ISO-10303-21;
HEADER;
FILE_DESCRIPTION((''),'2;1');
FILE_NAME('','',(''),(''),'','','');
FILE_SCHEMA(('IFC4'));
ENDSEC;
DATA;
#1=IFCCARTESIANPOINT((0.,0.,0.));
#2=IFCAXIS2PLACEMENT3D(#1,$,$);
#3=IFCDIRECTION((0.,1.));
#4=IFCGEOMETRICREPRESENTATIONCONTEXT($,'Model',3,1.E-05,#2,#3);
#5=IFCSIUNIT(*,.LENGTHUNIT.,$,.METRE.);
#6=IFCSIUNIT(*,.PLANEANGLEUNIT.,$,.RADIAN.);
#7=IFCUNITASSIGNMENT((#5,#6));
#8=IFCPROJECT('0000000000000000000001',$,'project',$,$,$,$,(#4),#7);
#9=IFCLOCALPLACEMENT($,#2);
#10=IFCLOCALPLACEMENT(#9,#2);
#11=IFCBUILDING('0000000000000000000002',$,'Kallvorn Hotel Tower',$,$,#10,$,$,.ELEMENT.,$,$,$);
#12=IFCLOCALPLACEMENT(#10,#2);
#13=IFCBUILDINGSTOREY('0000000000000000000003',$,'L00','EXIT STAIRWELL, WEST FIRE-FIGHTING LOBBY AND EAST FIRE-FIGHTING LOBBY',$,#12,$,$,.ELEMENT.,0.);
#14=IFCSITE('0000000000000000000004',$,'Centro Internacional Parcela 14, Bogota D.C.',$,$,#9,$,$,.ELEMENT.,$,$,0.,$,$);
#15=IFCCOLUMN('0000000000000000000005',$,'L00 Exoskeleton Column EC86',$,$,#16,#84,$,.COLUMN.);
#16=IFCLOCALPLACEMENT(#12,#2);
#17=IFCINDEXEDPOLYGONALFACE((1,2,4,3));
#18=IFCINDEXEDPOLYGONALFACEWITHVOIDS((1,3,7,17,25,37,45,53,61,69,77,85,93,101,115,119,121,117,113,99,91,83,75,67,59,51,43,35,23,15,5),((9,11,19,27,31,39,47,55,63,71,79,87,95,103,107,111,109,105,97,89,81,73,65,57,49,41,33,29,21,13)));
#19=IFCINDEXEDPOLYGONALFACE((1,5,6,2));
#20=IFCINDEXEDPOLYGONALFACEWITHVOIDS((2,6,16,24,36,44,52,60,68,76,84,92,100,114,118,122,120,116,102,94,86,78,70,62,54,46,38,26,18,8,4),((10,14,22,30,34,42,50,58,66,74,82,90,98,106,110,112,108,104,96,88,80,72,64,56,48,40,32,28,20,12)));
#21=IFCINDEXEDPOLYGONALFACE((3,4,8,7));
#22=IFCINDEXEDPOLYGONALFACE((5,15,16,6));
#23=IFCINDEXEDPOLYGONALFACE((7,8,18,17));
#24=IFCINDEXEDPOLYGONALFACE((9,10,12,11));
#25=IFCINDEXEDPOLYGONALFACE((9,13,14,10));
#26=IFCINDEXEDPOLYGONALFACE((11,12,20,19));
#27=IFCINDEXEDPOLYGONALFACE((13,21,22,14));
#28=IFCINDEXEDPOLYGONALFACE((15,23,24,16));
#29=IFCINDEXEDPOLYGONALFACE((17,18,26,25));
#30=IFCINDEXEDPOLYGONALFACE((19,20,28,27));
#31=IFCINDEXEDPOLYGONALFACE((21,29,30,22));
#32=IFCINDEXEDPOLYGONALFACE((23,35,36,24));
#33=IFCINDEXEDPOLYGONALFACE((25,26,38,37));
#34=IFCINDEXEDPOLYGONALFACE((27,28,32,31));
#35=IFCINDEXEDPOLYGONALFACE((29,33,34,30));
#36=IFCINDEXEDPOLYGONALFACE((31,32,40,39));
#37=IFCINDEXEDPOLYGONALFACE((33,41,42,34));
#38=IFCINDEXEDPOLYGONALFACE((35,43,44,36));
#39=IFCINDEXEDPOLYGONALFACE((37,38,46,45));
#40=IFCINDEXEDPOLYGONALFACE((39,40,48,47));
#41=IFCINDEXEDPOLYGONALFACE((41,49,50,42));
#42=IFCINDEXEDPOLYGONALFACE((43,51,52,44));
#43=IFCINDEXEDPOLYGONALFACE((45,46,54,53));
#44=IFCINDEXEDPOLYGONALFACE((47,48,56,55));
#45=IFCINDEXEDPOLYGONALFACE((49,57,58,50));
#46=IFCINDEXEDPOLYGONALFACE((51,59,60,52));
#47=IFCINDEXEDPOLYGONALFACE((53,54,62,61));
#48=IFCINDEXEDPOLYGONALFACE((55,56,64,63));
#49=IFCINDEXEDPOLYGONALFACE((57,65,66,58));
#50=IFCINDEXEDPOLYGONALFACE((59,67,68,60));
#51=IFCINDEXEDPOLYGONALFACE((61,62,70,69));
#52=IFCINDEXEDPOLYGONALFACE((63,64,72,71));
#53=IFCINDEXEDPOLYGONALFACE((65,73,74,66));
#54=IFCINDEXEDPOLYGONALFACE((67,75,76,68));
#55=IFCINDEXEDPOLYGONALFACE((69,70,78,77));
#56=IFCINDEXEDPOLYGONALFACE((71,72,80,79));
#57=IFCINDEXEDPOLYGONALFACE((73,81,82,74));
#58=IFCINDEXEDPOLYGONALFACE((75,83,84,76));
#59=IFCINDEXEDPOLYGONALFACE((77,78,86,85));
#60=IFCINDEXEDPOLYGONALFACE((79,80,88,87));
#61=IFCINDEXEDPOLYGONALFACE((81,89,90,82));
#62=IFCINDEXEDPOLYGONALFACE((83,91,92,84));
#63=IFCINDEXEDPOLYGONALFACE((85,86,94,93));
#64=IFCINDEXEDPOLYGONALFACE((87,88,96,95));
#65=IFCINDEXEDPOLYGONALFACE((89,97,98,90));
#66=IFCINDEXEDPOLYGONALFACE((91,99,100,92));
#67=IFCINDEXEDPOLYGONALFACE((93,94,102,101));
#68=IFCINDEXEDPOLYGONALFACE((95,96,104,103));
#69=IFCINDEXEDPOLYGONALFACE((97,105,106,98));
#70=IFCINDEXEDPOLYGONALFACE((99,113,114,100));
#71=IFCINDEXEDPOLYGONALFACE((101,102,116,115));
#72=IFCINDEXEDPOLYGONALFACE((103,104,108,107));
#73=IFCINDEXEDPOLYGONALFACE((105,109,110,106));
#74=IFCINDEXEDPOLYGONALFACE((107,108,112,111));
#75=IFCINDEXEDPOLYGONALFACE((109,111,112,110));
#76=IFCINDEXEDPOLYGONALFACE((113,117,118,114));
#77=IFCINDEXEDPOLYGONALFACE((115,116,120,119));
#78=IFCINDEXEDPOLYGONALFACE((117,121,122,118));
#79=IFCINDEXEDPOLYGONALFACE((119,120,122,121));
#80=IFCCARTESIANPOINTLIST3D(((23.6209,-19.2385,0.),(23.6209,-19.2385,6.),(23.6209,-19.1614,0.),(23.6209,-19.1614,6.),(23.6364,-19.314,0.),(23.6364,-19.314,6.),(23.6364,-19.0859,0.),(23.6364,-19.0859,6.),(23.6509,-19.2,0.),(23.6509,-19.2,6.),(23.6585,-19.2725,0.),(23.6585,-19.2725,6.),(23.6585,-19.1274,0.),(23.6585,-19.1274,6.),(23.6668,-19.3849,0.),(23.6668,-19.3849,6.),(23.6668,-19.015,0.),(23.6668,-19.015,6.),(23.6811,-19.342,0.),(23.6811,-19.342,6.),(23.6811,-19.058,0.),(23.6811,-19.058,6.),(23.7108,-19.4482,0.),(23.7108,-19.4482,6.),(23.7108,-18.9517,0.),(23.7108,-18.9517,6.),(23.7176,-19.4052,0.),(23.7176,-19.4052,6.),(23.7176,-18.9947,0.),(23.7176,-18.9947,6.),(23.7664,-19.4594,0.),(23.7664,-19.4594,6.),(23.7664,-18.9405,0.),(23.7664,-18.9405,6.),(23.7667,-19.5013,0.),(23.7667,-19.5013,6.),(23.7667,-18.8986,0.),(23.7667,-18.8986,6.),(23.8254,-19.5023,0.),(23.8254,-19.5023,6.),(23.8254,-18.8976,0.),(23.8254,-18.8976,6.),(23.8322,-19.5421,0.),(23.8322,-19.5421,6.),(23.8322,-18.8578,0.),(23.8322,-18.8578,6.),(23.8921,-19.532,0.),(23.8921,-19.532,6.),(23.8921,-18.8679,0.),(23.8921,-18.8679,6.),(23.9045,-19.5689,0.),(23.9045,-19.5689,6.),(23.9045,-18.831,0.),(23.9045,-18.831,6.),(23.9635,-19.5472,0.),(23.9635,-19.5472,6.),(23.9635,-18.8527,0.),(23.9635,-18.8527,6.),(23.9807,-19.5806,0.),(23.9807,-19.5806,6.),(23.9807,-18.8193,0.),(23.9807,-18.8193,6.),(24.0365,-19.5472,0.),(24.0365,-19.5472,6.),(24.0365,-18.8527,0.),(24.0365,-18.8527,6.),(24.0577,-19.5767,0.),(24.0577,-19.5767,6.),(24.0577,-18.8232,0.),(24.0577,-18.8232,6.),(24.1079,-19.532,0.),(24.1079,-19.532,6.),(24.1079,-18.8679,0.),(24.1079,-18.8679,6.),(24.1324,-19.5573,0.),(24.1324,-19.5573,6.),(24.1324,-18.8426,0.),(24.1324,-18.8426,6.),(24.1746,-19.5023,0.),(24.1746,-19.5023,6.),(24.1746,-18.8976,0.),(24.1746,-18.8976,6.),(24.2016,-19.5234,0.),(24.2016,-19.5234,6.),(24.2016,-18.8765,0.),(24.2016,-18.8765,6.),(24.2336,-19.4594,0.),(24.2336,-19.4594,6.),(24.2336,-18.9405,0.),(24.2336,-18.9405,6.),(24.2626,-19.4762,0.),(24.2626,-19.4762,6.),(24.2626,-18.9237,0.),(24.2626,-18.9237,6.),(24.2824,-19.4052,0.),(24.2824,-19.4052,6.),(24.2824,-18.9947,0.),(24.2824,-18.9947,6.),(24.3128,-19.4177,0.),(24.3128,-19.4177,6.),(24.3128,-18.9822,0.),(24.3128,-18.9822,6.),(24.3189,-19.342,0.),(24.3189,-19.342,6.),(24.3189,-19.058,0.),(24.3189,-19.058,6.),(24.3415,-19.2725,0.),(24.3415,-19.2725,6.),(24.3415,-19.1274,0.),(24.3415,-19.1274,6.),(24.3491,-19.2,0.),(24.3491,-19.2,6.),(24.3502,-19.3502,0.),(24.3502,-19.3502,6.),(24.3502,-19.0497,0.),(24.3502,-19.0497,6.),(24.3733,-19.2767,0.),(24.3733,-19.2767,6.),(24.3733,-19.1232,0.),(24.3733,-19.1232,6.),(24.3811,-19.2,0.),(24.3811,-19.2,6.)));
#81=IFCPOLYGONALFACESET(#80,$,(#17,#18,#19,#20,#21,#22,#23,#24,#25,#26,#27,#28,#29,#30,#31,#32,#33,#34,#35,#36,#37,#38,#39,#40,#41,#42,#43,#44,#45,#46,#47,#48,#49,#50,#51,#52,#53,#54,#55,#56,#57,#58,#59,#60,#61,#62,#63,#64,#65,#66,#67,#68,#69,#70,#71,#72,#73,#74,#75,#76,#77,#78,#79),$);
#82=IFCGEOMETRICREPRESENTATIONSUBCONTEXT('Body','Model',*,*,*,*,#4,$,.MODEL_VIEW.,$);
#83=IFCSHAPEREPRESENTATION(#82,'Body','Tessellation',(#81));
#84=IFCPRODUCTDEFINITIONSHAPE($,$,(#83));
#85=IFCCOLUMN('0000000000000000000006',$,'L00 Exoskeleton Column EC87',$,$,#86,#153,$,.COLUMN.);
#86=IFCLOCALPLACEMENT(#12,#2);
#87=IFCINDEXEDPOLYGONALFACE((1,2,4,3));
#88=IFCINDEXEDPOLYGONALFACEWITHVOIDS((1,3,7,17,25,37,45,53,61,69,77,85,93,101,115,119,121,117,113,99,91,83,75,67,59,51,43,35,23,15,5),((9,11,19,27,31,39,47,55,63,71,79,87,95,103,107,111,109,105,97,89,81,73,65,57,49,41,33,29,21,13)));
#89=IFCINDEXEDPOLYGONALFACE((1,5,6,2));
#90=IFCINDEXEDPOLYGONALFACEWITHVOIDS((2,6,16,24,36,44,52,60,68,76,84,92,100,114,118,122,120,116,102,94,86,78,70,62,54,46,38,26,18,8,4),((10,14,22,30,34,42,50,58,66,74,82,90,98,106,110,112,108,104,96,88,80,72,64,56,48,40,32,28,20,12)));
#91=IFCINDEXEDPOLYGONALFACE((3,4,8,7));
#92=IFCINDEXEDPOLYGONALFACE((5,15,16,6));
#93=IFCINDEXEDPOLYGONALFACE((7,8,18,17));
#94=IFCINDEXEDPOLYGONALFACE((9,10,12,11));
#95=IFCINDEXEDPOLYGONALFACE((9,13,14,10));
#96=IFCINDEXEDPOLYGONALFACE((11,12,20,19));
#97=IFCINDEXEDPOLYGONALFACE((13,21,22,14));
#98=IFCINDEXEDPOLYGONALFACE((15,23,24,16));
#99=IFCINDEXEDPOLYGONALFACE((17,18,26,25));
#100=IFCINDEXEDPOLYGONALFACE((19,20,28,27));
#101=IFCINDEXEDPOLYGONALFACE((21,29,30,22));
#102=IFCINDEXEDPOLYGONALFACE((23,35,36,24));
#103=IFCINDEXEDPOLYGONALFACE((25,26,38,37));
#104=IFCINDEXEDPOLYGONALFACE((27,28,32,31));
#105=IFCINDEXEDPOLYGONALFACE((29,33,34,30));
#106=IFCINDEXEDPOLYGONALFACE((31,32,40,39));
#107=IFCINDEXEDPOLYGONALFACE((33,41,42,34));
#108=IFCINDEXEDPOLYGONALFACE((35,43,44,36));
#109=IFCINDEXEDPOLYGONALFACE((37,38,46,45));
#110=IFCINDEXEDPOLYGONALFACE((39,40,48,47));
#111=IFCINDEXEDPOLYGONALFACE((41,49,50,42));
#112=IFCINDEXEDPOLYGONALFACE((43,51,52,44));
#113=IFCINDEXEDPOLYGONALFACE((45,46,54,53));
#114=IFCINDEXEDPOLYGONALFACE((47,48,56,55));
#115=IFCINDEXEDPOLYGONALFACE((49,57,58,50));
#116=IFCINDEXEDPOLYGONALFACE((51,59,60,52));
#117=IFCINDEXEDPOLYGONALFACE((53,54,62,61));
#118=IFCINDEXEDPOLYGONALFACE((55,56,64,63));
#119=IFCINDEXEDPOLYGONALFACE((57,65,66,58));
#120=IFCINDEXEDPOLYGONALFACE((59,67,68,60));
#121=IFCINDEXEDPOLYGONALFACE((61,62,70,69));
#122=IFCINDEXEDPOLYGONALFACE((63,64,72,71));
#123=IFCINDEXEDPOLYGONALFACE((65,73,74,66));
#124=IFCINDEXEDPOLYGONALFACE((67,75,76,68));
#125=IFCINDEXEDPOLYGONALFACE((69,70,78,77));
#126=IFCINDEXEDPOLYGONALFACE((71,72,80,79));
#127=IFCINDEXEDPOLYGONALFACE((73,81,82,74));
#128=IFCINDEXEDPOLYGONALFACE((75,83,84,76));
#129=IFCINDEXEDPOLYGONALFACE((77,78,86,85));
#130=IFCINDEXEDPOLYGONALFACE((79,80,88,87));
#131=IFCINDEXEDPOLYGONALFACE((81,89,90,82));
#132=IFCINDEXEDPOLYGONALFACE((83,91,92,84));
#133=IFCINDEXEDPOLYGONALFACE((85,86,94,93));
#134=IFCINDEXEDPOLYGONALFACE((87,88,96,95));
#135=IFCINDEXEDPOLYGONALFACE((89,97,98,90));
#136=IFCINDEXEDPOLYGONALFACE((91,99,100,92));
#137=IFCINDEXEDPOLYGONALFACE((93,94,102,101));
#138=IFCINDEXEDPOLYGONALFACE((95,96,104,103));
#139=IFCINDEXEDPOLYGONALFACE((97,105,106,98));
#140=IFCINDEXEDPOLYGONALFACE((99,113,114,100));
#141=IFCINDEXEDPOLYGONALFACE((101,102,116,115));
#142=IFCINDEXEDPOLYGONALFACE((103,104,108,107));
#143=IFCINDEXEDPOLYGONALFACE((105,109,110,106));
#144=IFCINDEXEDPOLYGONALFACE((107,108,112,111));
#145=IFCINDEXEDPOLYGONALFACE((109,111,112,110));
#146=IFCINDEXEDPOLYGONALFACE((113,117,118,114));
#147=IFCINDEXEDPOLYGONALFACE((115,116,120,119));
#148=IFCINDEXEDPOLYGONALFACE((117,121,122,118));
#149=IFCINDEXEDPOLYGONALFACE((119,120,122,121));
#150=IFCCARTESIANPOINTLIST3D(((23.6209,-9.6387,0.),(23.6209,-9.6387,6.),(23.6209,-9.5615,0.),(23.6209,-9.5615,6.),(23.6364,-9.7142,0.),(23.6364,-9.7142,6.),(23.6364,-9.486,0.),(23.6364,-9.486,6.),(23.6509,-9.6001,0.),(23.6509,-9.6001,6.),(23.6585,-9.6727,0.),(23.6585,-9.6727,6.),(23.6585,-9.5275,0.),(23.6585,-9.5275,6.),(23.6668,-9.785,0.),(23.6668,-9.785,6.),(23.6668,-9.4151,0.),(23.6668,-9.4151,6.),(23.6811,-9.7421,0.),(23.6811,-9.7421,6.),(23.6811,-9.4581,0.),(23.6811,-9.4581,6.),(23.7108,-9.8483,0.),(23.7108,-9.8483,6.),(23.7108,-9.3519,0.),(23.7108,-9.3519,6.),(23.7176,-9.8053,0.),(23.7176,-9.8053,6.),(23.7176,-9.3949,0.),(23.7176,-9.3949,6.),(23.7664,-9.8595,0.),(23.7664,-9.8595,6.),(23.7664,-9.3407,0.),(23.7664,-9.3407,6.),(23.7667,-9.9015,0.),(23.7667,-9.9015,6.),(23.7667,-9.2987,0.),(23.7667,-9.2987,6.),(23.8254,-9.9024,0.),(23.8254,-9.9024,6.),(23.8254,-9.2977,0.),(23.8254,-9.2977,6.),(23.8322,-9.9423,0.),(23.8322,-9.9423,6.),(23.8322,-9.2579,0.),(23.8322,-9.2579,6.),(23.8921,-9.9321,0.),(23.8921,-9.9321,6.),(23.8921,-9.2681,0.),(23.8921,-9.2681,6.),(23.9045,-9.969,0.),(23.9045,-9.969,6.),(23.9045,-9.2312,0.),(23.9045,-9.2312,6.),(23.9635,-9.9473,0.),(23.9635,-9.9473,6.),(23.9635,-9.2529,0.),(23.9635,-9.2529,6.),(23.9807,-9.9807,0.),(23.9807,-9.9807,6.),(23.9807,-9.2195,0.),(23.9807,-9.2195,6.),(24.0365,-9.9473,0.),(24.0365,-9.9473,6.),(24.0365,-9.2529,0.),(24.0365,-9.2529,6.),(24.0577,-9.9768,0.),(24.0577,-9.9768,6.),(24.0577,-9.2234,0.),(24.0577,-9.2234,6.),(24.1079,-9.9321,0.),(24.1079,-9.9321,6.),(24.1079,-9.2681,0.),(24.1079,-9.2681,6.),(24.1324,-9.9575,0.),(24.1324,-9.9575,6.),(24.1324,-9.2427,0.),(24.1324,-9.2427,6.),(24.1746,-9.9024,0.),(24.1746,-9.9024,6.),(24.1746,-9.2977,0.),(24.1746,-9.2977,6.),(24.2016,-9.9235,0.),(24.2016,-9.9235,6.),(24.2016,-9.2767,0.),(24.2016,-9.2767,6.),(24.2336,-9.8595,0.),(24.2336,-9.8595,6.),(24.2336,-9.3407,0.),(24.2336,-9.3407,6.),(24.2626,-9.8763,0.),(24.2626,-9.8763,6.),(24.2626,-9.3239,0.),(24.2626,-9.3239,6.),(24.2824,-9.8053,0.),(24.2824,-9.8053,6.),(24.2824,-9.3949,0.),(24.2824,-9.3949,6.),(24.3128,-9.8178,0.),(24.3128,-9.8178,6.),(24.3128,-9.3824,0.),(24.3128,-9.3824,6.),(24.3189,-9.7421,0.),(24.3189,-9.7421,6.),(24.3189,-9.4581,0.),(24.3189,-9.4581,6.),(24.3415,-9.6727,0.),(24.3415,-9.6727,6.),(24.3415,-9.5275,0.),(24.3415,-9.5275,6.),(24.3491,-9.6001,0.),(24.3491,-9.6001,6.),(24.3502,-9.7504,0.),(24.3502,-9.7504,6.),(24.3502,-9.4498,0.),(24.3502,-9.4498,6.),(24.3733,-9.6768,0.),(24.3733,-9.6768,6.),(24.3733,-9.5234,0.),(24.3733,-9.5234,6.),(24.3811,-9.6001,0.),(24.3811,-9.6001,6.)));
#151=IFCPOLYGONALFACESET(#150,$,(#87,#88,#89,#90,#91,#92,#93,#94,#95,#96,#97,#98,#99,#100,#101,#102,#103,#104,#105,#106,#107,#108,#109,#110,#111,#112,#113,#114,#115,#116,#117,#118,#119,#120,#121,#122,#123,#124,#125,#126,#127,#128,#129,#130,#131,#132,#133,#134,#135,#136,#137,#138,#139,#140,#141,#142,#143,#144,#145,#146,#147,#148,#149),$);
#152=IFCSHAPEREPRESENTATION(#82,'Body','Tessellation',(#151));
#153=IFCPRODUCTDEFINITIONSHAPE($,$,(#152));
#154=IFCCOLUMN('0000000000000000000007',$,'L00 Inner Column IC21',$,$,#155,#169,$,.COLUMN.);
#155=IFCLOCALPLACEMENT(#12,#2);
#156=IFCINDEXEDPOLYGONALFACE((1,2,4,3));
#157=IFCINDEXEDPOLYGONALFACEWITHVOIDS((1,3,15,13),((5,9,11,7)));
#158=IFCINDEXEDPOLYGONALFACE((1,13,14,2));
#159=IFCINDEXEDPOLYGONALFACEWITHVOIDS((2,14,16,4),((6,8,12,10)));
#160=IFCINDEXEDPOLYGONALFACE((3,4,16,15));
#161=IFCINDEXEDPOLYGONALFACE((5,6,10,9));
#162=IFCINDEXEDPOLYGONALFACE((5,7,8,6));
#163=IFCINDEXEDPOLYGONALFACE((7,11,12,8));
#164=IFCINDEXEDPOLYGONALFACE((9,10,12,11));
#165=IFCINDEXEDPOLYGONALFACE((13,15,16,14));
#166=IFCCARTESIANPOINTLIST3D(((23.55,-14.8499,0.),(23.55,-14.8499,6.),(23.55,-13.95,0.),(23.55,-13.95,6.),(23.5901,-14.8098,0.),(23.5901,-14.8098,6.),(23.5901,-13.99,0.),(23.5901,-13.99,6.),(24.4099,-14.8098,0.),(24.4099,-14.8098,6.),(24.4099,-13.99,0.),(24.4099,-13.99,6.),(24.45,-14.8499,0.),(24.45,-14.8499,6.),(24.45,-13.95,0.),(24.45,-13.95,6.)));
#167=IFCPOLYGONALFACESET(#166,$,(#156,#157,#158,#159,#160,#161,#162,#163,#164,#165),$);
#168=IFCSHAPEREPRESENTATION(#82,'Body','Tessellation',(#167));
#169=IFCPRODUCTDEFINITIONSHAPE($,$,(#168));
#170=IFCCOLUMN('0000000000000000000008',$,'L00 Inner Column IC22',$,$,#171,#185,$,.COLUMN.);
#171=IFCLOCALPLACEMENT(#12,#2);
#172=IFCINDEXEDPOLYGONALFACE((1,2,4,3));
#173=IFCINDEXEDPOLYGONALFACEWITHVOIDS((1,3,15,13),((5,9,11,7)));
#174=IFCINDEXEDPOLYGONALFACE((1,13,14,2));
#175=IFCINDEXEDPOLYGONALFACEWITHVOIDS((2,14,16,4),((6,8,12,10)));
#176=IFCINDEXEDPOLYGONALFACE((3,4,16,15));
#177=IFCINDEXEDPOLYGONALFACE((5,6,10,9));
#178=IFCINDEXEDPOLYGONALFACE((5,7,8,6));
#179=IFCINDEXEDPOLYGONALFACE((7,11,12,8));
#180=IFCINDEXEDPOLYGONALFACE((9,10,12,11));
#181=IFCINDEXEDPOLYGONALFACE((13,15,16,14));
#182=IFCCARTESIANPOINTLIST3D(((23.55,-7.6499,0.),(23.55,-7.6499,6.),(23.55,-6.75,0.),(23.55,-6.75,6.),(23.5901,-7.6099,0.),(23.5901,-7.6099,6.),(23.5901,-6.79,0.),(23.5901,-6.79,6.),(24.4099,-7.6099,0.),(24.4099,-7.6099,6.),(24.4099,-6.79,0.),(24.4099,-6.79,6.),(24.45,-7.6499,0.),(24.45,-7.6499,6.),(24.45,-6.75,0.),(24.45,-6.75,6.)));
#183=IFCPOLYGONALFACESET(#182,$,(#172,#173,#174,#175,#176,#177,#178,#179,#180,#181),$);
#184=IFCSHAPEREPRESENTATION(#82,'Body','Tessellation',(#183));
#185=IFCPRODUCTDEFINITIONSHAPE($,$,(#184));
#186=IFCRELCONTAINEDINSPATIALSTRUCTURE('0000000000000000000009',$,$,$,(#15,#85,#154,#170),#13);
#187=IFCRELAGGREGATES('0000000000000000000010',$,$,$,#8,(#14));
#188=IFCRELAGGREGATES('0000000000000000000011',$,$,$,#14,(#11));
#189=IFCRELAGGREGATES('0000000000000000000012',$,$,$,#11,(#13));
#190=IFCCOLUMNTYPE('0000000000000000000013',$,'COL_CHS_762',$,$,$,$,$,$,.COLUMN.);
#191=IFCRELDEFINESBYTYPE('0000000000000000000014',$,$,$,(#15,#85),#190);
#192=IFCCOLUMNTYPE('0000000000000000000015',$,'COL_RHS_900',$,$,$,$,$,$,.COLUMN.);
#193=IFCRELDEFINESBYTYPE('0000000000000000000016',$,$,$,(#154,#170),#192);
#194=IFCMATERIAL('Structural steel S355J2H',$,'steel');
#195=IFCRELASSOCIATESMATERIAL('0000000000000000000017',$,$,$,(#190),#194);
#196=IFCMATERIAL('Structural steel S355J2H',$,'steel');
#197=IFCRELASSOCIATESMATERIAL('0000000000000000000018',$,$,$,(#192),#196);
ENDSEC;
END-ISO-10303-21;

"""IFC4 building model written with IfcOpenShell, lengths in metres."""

from ifc_helpers import new_model, si_unit, direction, frame, origin, origin_2d, place, context, subcontext, project, spatial, hollow_rectangle, hollow_circle, extrude, material, material_profile, profile_set, type_object, element, save


model = new_model("IFC4")

# Units and contexts
model_context = context("Model", 3, precision=1e-05, world=origin(), true_north=direction((0.0, 1.0)))
body_context = subcontext(model_context, "Body", "Model", "MODEL_VIEW")
ifc_project = project(units=[si_unit("LENGTHUNIT", "METRE"), si_unit("PLANEANGLEUNIT", "RADIAN")], contexts=[model_context])

# Site, building, storey
site_placement = place(None, origin())
site = spatial("IfcSite", under=ifc_project, at=site_placement, Name="Centro Internacional Parcela 14, Bogota D.C.", CompositionType="ELEMENT", RefElevation=0.0)
building_placement = place(site_placement, origin())
building = spatial("IfcBuilding", under=site, at=building_placement, Name="Kallvorn Hotel Tower", CompositionType="ELEMENT")
storey_placement = place(building_placement, origin())
storey = spatial("IfcBuildingStorey", under=building, at=storey_placement, Name="L00", Description="EXIT STAIRWELL, WEST FIRE-FIGHTING LOBBY AND EAST FIRE-FIGHTING LOBBY", CompositionType="ELEMENT", Elevation=0.0)

# Columns
ifc_material_1 = material(Name="Structural steel S355J2H", Category="steel")
ifc_material_profile_1 = material_profile(ifc_material_1, hollow_circle(Radius=0.3811, WallThickness=0.032, at=origin_2d()), Name="CHS 762x32")
ifc_profile_set_1 = profile_set([ifc_material_profile_1], Name="Structural steel S355J2H")
column_type_1 = type_object("IfcColumnType", Name="COL_CHS_762", PredefinedType="COLUMN", material=ifc_profile_set_1)
for number, where, z_axis, x_axis, name in (
    (1, (24.0, -19.2, 0.0), (0.0, 0.0, 1.0), (1.0, 0.0, 0.0), "L00 Exoskeleton Column EC86"),
    (2, (24.0, -9.6001, 0.0), (0.0, 0.0, 1.0), (1.0, 0.0, 0.0), "L00 Exoskeleton Column EC87"),
):
    element("IfcColumn", number, at=place(storey_placement, frame(where, z_axis=z_axis, x_axis=x_axis)), inside=storey, type_object=column_type_1, Name=name, PredefinedType="COLUMN", context=body_context, shape_type="SweptSolid", body=[
        extrude(hollow_circle(Radius=0.3811, WallThickness=0.032, at=origin_2d()), origin(), (0.0, 0.0, 1.0), 6.0),
    ])
ifc_material_2 = material(Name="Structural steel S355J2H", Category="steel")
ifc_material_profile_2 = material_profile(ifc_material_2, hollow_rectangle(XDim=0.8999, YDim=0.8999, WallThickness=0.04, at=origin_2d()), Name="RHS 900x900x40")
ifc_profile_set_2 = profile_set([ifc_material_profile_2], Name="Structural steel S355J2H")
column_type_2 = type_object("IfcColumnType", Name="COL_RHS_900", PredefinedType="COLUMN", material=ifc_profile_set_2)
for number, where, z_axis, x_axis, name in (
    (3, (24.0, -14.3999, 0.0), (0.0, 0.0, 1.0), (1.0, 0.0, 0.0), "L00 Inner Column IC21"),
    (4, (24.0, -7.2, 0.0), (0.0, 0.0, 1.0), (1.0, 0.0, 0.0), "L00 Inner Column IC22"),
):
    element("IfcColumn", number, at=place(storey_placement, frame(where, z_axis=z_axis, x_axis=x_axis)), inside=storey, type_object=column_type_2, Name=name, PredefinedType="COLUMN", context=body_context, shape_type="SweptSolid", body=[
        extrude(hollow_rectangle(XDim=0.8999, YDim=0.8999, WallThickness=0.04, at=origin_2d()), origin(), (0.0, 0.0, 1.0), 6.0),
    ])

save(model, "model.ifc")
